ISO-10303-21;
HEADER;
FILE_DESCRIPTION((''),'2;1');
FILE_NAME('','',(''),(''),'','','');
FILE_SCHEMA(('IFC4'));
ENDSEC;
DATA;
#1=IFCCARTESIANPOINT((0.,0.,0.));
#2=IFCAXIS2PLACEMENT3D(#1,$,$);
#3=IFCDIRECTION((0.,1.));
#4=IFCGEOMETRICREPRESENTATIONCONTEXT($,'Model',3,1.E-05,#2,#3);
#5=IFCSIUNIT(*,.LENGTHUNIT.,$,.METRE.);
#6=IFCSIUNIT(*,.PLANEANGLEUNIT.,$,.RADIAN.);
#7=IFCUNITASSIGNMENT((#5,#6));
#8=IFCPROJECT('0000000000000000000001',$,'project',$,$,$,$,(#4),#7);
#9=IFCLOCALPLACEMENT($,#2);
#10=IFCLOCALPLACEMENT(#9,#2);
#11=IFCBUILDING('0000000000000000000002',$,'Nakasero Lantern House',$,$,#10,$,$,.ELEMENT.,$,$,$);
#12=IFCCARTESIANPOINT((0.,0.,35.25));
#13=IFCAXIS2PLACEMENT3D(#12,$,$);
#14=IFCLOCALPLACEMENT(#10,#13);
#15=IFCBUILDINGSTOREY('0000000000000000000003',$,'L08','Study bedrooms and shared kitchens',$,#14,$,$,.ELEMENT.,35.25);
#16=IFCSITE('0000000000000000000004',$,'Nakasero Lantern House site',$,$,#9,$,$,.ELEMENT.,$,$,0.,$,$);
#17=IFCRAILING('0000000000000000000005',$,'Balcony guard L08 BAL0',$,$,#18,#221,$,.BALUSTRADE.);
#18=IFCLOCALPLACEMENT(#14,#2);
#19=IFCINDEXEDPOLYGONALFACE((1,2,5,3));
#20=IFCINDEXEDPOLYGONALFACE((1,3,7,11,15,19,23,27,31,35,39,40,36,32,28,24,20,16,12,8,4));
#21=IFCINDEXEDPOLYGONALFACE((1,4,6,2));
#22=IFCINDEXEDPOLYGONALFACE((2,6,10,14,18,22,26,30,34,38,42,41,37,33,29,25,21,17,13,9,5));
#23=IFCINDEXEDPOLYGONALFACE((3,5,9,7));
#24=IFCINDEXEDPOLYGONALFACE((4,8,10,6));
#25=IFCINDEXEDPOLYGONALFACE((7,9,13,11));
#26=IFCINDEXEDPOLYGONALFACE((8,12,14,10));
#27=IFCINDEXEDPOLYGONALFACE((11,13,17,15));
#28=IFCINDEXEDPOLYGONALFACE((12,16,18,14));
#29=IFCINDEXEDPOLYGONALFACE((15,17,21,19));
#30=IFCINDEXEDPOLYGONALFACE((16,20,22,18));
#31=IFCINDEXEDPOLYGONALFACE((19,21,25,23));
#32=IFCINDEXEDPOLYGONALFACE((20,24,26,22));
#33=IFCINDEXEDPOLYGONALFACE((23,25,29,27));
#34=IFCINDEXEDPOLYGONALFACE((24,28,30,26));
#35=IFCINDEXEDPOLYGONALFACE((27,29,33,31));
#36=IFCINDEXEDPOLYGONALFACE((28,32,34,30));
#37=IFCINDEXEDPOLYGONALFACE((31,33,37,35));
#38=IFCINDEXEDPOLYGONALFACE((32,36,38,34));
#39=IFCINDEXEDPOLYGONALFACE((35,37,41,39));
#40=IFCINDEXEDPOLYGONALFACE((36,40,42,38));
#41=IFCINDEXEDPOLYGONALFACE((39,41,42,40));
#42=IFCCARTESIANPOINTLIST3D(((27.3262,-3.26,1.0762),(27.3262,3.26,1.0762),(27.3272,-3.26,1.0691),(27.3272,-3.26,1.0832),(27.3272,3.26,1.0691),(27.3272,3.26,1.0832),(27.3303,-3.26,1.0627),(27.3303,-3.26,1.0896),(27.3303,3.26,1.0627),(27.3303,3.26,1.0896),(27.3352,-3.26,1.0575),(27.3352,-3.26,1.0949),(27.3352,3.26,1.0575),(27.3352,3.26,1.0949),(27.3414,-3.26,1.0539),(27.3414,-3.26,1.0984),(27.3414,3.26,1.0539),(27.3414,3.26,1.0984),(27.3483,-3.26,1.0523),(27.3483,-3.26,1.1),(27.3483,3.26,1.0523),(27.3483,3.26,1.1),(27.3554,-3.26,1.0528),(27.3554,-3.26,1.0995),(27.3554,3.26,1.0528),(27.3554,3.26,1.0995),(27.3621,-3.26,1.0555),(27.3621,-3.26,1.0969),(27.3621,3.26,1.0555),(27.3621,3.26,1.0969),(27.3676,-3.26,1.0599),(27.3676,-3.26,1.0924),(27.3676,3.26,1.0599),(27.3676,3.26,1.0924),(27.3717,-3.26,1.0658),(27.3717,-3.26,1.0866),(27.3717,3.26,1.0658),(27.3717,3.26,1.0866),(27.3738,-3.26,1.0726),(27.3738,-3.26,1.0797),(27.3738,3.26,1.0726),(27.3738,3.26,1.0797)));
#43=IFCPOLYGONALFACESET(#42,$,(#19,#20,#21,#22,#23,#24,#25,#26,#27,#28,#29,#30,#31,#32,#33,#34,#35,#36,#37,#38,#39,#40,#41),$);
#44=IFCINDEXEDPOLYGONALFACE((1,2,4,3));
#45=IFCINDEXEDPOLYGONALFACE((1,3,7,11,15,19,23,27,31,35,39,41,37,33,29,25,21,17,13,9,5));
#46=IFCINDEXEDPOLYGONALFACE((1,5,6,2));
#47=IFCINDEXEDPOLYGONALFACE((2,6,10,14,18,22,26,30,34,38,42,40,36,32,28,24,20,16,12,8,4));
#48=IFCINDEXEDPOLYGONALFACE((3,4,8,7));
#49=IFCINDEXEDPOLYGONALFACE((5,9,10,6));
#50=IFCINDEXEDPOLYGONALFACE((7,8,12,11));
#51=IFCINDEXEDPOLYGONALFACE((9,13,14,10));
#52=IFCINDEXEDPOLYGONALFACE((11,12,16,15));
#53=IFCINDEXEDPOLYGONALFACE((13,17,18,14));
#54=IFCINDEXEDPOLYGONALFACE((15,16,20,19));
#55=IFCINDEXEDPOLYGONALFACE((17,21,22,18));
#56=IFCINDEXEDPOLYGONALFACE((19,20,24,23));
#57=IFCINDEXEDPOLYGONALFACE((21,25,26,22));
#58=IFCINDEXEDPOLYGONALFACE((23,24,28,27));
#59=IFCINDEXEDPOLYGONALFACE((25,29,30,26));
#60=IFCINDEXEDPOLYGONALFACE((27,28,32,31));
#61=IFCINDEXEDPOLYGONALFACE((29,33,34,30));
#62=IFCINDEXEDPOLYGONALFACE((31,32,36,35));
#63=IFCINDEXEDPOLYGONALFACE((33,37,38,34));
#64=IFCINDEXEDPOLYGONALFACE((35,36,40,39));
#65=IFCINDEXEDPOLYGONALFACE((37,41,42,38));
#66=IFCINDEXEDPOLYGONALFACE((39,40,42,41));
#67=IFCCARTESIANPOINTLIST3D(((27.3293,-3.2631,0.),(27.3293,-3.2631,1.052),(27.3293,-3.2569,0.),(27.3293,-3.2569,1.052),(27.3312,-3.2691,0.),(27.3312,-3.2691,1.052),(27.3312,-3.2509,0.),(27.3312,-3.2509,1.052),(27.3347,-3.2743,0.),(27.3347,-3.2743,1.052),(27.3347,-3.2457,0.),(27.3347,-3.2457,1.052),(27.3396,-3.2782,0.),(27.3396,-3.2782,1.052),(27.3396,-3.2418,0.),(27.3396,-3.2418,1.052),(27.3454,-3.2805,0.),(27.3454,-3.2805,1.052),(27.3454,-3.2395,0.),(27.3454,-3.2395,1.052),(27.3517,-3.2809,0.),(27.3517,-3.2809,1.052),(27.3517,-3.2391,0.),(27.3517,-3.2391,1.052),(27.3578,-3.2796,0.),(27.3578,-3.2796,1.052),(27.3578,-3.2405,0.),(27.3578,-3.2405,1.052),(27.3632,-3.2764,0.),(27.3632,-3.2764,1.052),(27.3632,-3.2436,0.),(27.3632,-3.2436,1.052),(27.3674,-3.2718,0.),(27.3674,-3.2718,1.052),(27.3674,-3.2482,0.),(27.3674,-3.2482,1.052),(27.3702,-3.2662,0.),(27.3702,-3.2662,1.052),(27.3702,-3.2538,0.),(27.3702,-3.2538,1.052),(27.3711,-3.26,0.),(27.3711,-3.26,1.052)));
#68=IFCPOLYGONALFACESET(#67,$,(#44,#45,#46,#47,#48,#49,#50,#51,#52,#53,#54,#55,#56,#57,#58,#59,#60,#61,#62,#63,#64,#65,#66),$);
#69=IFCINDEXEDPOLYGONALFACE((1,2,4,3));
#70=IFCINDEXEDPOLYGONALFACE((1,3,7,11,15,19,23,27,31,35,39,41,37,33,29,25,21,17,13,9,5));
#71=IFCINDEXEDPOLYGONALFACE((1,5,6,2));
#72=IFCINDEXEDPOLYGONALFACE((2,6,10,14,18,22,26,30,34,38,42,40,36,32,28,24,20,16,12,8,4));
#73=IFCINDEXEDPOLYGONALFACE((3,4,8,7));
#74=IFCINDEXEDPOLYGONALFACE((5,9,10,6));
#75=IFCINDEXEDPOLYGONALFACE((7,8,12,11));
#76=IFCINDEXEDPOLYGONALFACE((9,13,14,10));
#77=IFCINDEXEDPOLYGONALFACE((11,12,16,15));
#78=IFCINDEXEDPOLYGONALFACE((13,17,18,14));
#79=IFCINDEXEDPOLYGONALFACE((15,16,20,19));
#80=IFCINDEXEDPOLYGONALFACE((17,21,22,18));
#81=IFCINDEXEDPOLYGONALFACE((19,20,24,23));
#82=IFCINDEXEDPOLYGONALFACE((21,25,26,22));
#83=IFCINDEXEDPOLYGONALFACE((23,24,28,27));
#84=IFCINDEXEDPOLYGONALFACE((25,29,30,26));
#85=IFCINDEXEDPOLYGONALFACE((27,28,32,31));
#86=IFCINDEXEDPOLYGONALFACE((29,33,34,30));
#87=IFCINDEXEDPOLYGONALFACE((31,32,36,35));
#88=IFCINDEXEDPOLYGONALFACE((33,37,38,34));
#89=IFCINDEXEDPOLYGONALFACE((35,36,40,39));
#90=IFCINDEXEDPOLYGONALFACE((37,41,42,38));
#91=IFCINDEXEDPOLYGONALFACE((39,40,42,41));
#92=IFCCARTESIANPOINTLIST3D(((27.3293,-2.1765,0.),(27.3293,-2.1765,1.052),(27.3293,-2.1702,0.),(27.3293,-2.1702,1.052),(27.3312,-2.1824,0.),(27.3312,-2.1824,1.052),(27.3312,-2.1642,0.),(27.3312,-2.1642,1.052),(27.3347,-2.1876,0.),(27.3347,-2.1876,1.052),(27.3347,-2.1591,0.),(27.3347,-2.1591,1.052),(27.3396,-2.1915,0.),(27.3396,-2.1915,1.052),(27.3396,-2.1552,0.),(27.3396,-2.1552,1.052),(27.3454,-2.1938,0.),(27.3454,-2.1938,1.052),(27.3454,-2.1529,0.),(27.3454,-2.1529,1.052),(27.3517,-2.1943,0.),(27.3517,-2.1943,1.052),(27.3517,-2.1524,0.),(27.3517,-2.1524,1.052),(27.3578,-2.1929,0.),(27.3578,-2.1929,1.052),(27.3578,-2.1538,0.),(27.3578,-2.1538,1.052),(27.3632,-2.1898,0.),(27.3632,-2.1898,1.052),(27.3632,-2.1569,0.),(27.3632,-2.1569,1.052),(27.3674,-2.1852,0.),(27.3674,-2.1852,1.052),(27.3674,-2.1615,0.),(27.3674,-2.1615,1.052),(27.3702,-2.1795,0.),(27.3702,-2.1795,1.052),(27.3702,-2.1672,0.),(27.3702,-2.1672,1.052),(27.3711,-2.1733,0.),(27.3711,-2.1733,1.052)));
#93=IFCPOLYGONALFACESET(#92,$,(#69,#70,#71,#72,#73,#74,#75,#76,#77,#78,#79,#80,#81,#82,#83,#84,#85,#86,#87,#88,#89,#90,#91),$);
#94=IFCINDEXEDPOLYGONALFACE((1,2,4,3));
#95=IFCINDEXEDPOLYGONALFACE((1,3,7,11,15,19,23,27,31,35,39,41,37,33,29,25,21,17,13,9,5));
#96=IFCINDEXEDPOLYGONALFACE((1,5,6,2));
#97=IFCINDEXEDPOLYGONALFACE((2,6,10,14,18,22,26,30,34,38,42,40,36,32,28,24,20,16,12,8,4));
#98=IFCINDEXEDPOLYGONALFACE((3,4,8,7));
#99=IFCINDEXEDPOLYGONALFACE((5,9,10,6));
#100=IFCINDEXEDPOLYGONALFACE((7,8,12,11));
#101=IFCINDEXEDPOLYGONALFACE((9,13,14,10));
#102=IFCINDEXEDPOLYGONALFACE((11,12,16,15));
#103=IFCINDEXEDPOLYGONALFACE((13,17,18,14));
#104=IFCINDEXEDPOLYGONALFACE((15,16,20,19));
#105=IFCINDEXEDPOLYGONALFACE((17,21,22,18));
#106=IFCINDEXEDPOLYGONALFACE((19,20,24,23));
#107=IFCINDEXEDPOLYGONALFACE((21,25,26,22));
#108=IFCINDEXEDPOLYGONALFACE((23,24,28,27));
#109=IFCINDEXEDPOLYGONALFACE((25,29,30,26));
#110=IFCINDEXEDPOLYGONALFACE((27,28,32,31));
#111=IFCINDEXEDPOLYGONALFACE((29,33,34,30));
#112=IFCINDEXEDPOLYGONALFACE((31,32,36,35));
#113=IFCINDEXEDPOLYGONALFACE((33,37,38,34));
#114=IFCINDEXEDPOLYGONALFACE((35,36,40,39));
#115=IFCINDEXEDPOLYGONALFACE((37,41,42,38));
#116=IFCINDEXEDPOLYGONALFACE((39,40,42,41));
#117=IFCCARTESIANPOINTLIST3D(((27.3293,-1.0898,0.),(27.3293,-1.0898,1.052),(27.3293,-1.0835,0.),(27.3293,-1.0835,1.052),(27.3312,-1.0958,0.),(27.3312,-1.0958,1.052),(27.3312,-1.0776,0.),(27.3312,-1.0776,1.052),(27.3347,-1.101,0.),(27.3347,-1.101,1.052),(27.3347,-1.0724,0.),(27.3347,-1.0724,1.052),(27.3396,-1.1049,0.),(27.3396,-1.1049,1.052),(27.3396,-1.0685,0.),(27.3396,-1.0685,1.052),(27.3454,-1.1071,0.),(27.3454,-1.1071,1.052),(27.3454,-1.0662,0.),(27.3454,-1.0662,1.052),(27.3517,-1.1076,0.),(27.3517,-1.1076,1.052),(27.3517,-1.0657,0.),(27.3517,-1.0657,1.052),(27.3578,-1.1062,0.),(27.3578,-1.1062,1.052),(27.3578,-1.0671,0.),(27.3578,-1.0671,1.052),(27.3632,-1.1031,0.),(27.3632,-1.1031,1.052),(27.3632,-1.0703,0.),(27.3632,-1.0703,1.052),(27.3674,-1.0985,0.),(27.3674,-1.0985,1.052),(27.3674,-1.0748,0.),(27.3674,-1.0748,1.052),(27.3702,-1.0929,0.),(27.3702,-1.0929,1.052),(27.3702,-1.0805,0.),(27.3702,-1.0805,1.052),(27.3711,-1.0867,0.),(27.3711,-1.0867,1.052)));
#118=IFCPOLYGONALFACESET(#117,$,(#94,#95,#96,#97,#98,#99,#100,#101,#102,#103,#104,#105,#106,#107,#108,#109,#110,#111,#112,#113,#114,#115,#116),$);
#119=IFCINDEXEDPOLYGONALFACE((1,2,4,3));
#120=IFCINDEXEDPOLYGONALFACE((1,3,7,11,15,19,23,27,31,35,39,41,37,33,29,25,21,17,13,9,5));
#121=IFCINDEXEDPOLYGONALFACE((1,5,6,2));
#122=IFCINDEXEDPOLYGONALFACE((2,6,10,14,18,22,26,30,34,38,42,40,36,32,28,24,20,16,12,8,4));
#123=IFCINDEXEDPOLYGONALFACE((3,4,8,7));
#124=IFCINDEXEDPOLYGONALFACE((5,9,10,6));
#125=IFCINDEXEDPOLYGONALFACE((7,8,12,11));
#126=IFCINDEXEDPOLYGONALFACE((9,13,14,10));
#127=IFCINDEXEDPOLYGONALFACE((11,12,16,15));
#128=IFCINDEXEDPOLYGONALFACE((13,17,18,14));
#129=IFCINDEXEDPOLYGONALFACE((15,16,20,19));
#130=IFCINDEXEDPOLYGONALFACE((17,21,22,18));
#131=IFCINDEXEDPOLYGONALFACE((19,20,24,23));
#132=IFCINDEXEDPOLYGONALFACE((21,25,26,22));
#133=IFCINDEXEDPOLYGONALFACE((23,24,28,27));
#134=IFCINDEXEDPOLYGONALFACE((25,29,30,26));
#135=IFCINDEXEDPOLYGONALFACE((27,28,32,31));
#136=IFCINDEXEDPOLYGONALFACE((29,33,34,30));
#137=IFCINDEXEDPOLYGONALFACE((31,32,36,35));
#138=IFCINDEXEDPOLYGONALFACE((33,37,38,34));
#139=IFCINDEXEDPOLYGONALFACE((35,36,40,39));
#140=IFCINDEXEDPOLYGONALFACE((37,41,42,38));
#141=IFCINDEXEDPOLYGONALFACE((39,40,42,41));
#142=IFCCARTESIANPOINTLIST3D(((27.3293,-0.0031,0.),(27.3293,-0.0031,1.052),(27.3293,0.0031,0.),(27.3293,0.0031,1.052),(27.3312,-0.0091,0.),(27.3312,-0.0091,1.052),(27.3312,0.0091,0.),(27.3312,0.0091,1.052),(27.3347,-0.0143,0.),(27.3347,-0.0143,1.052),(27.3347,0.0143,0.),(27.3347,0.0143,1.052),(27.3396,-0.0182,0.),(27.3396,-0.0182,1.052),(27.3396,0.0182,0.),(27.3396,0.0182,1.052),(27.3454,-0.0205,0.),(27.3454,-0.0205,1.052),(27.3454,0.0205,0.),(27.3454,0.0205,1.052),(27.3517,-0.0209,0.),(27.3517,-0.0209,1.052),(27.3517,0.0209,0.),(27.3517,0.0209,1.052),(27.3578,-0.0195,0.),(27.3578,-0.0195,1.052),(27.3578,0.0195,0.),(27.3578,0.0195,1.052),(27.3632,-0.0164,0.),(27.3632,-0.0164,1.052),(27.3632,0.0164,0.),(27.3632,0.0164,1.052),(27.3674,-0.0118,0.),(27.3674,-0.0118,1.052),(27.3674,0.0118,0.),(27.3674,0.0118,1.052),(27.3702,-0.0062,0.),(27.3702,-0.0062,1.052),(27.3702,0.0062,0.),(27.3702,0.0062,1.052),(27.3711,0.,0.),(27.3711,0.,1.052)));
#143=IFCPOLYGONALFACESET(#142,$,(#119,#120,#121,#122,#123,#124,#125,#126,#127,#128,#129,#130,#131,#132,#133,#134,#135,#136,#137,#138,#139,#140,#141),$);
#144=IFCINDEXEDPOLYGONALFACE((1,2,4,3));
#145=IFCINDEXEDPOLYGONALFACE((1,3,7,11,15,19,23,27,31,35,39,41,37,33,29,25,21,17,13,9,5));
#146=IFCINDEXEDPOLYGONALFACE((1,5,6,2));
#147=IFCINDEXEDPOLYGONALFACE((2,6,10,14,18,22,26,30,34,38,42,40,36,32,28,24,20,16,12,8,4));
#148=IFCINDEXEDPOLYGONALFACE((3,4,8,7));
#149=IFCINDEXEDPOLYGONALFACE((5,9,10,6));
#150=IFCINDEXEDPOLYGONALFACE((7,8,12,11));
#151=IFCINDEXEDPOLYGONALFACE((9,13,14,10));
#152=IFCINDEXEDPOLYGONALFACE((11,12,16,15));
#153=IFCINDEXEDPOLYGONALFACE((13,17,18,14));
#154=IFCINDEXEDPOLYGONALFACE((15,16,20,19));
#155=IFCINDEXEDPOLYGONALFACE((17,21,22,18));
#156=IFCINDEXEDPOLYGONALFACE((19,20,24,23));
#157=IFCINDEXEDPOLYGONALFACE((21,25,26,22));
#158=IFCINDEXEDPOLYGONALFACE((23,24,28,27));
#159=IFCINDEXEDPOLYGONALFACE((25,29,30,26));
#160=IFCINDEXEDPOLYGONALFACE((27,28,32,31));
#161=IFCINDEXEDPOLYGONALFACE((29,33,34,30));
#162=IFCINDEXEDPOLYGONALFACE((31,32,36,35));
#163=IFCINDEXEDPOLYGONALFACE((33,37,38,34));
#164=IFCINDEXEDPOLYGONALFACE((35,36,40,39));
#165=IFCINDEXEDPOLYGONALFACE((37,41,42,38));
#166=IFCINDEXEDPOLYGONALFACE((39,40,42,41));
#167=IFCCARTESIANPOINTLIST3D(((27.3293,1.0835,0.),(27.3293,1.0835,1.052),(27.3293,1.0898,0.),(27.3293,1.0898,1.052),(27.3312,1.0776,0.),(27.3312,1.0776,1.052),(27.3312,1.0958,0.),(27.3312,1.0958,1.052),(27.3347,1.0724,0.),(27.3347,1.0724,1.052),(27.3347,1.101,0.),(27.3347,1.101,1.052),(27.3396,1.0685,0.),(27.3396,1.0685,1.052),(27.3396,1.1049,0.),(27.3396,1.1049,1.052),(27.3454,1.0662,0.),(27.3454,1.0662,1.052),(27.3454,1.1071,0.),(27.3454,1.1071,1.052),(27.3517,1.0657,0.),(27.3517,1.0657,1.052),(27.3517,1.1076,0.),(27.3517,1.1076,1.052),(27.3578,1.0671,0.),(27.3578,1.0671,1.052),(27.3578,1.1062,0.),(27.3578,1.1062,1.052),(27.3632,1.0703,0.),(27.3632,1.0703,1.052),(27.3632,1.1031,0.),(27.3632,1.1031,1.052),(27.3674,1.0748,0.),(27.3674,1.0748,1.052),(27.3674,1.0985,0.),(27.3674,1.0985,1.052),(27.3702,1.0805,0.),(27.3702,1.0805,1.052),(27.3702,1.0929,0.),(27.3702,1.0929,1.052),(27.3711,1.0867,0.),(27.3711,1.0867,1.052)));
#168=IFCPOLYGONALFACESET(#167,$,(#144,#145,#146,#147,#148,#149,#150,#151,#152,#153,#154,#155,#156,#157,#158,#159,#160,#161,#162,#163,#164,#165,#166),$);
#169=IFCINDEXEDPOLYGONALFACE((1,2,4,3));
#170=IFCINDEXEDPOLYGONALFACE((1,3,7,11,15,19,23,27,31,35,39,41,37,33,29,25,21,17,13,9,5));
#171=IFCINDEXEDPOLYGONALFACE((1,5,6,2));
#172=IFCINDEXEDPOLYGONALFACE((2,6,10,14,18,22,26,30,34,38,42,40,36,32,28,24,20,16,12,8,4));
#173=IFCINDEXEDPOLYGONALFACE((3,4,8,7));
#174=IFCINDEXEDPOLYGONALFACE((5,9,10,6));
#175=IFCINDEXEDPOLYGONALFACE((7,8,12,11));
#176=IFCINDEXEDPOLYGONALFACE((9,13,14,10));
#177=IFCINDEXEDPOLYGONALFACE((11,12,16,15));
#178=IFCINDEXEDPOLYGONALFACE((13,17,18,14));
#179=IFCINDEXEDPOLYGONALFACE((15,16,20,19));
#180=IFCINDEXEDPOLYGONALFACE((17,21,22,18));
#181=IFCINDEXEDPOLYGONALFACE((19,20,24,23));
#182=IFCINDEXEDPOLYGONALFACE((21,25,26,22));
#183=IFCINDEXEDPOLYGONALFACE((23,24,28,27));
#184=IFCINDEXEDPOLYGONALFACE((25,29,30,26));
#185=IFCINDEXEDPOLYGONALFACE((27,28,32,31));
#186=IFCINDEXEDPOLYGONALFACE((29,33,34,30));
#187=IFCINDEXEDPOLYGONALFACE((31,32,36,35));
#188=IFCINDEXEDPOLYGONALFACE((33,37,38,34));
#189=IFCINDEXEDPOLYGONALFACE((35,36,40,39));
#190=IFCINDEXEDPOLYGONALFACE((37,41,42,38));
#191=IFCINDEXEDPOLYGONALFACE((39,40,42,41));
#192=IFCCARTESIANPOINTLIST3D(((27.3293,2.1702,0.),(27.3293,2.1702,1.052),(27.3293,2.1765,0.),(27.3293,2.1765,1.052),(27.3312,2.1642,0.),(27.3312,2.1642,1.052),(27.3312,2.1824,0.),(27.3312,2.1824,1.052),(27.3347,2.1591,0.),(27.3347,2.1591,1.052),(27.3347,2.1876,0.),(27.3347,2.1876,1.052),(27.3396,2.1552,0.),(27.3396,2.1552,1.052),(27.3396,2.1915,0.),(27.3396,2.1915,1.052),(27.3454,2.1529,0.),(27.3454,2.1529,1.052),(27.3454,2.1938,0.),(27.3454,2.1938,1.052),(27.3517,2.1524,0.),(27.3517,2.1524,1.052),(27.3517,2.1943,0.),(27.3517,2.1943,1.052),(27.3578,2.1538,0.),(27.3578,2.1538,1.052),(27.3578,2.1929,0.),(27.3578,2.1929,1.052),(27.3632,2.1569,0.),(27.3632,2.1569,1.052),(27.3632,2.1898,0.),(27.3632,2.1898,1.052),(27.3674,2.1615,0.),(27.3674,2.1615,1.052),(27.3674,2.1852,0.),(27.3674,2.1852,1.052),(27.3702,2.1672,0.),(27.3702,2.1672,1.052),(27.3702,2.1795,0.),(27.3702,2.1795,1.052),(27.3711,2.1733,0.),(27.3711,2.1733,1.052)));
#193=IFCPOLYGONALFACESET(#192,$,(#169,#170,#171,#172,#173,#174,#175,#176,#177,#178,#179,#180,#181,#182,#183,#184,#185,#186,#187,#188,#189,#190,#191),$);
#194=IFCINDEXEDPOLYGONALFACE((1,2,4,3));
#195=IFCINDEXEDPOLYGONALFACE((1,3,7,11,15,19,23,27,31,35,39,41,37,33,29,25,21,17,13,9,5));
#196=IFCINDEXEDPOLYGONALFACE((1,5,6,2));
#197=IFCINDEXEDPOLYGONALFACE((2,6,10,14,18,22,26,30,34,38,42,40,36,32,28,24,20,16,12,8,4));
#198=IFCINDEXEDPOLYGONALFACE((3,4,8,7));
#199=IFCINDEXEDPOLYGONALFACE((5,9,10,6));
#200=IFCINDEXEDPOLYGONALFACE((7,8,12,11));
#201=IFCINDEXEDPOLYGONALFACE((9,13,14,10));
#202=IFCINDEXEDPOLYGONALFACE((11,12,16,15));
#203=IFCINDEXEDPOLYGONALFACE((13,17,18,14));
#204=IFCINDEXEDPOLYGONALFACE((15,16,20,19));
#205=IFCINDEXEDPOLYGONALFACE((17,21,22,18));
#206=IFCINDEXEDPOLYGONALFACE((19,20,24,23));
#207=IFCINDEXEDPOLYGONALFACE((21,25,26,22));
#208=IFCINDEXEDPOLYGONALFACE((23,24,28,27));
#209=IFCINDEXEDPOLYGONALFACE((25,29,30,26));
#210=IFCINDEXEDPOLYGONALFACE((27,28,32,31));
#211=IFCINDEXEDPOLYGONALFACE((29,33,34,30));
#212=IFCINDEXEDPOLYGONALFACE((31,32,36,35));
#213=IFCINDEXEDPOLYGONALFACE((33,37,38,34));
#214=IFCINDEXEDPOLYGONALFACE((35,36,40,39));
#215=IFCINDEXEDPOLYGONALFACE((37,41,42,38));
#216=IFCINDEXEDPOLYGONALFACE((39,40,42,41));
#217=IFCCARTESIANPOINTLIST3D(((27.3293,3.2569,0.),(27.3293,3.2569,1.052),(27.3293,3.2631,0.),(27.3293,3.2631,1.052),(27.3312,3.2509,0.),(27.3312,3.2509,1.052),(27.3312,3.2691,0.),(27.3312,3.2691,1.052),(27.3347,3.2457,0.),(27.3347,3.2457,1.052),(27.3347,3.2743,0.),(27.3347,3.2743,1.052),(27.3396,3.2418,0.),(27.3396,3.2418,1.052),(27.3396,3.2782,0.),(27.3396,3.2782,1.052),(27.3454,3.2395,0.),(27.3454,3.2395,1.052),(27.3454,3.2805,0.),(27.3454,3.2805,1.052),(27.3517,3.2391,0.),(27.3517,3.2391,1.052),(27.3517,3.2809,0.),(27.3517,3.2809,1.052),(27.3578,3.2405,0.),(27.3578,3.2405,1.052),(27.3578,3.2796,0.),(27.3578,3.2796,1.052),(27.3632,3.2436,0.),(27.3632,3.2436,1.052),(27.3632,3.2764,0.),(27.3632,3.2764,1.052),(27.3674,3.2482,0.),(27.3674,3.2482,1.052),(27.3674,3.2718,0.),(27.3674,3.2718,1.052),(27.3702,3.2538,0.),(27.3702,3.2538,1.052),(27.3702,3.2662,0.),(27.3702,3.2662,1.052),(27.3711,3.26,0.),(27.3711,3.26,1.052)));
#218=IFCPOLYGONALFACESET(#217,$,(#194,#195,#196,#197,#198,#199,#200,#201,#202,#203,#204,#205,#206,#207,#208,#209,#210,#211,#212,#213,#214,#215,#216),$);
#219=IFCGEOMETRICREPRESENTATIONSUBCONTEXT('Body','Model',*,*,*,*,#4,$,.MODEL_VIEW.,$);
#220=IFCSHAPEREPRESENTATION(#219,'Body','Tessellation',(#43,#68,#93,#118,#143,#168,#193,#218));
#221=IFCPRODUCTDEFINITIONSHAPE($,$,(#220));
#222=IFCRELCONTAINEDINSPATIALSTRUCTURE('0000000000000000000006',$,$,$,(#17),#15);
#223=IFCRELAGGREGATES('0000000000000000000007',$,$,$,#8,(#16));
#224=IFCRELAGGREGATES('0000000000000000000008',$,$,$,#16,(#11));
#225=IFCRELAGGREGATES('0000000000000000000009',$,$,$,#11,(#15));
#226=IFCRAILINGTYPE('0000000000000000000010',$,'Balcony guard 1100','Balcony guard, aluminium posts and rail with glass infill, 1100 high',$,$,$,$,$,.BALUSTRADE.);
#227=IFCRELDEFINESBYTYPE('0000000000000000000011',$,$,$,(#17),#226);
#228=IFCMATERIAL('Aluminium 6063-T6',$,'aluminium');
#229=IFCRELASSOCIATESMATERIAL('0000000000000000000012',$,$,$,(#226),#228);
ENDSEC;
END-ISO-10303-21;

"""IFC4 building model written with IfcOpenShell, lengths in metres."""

from ifc_helpers import new_model, si_unit, direction, frame, origin, origin_2d, place, context, subcontext, project, spatial, circle, extrude, material, type_object, element, save


model = new_model("IFC4")

# Units and contexts
model_context = context("Model", 3, precision=1e-05, world=origin(), true_north=direction((0.0, 1.0)))
body_context = subcontext(model_context, "Body", "Model", "MODEL_VIEW")
ifc_project = project(units=[si_unit("LENGTHUNIT", "METRE"), si_unit("PLANEANGLEUNIT", "RADIAN")], contexts=[model_context])

# Site, building, storey
site_placement = place(None, origin())
site = spatial("IfcSite", under=ifc_project, at=site_placement, Name="Nakasero Lantern House site", CompositionType="ELEMENT", RefElevation=0.0)
building_placement = place(site_placement, origin())
building = spatial("IfcBuilding", under=site, at=building_placement, Name="Nakasero Lantern House", CompositionType="ELEMENT")
storey_placement = place(building_placement, frame((0.0, 0.0, 35.25)))
storey = spatial("IfcBuildingStorey", under=building, at=storey_placement, Name="L08", Description="Study bedrooms and shared kitchens", CompositionType="ELEMENT", Elevation=35.25)

# Railing
ifc_material_1 = material(Name="Aluminium 6063-T6", Category="aluminium")
railing_type = type_object("IfcRailingType", Name="Balcony guard 1100", Description="Balcony guard, aluminium posts and rail with glass infill, 1100 high", PredefinedType="BALUSTRADE", material=ifc_material_1)
railing_placement = place(storey_placement, frame((27.3501, -3.26, 0.0)))
element("IfcRailing", 1, at=railing_placement, inside=storey, type_object=railing_type, Name="Balcony guard L08 BAL0", PredefinedType="BALUSTRADE", context=body_context, shape_type="SweptSolid", body=[
    extrude(circle(Radius=0.0239, at=origin_2d()), frame((0.0, 0.0, 1.0762), z_axis=(0.0, 1.0, 0.0), x_axis=(-1.0, 0.0, 0.0)), (0.0, 0.0, 1.0), 6.52),
    extrude(circle(Radius=0.021, at=origin_2d()), origin(), (0.0, 0.0, 1.0), 1.052),
    extrude(circle(Radius=0.021, at=origin_2d()), frame((0.0, 1.0867, 0.0)), (0.0, 0.0, 1.0), 1.052),
    extrude(circle(Radius=0.021, at=origin_2d()), frame((0.0, 2.1733, 0.0)), (0.0, 0.0, 1.0), 1.052),
    extrude(circle(Radius=0.021, at=origin_2d()), frame((0.0, 3.26, 0.0)), (0.0, 0.0, 1.0), 1.052),
    extrude(circle(Radius=0.021, at=origin_2d()), frame((0.0, 4.3467, 0.0)), (0.0, 0.0, 1.0), 1.052),
    extrude(circle(Radius=0.021, at=origin_2d()), frame((0.0, 5.4333, 0.0)), (0.0, 0.0, 1.0), 1.052),
    extrude(circle(Radius=0.021, at=origin_2d()), frame((0.0, 6.52, 0.0)), (0.0, 0.0, 1.0), 1.052),
])

save(model, "model.ifc")
